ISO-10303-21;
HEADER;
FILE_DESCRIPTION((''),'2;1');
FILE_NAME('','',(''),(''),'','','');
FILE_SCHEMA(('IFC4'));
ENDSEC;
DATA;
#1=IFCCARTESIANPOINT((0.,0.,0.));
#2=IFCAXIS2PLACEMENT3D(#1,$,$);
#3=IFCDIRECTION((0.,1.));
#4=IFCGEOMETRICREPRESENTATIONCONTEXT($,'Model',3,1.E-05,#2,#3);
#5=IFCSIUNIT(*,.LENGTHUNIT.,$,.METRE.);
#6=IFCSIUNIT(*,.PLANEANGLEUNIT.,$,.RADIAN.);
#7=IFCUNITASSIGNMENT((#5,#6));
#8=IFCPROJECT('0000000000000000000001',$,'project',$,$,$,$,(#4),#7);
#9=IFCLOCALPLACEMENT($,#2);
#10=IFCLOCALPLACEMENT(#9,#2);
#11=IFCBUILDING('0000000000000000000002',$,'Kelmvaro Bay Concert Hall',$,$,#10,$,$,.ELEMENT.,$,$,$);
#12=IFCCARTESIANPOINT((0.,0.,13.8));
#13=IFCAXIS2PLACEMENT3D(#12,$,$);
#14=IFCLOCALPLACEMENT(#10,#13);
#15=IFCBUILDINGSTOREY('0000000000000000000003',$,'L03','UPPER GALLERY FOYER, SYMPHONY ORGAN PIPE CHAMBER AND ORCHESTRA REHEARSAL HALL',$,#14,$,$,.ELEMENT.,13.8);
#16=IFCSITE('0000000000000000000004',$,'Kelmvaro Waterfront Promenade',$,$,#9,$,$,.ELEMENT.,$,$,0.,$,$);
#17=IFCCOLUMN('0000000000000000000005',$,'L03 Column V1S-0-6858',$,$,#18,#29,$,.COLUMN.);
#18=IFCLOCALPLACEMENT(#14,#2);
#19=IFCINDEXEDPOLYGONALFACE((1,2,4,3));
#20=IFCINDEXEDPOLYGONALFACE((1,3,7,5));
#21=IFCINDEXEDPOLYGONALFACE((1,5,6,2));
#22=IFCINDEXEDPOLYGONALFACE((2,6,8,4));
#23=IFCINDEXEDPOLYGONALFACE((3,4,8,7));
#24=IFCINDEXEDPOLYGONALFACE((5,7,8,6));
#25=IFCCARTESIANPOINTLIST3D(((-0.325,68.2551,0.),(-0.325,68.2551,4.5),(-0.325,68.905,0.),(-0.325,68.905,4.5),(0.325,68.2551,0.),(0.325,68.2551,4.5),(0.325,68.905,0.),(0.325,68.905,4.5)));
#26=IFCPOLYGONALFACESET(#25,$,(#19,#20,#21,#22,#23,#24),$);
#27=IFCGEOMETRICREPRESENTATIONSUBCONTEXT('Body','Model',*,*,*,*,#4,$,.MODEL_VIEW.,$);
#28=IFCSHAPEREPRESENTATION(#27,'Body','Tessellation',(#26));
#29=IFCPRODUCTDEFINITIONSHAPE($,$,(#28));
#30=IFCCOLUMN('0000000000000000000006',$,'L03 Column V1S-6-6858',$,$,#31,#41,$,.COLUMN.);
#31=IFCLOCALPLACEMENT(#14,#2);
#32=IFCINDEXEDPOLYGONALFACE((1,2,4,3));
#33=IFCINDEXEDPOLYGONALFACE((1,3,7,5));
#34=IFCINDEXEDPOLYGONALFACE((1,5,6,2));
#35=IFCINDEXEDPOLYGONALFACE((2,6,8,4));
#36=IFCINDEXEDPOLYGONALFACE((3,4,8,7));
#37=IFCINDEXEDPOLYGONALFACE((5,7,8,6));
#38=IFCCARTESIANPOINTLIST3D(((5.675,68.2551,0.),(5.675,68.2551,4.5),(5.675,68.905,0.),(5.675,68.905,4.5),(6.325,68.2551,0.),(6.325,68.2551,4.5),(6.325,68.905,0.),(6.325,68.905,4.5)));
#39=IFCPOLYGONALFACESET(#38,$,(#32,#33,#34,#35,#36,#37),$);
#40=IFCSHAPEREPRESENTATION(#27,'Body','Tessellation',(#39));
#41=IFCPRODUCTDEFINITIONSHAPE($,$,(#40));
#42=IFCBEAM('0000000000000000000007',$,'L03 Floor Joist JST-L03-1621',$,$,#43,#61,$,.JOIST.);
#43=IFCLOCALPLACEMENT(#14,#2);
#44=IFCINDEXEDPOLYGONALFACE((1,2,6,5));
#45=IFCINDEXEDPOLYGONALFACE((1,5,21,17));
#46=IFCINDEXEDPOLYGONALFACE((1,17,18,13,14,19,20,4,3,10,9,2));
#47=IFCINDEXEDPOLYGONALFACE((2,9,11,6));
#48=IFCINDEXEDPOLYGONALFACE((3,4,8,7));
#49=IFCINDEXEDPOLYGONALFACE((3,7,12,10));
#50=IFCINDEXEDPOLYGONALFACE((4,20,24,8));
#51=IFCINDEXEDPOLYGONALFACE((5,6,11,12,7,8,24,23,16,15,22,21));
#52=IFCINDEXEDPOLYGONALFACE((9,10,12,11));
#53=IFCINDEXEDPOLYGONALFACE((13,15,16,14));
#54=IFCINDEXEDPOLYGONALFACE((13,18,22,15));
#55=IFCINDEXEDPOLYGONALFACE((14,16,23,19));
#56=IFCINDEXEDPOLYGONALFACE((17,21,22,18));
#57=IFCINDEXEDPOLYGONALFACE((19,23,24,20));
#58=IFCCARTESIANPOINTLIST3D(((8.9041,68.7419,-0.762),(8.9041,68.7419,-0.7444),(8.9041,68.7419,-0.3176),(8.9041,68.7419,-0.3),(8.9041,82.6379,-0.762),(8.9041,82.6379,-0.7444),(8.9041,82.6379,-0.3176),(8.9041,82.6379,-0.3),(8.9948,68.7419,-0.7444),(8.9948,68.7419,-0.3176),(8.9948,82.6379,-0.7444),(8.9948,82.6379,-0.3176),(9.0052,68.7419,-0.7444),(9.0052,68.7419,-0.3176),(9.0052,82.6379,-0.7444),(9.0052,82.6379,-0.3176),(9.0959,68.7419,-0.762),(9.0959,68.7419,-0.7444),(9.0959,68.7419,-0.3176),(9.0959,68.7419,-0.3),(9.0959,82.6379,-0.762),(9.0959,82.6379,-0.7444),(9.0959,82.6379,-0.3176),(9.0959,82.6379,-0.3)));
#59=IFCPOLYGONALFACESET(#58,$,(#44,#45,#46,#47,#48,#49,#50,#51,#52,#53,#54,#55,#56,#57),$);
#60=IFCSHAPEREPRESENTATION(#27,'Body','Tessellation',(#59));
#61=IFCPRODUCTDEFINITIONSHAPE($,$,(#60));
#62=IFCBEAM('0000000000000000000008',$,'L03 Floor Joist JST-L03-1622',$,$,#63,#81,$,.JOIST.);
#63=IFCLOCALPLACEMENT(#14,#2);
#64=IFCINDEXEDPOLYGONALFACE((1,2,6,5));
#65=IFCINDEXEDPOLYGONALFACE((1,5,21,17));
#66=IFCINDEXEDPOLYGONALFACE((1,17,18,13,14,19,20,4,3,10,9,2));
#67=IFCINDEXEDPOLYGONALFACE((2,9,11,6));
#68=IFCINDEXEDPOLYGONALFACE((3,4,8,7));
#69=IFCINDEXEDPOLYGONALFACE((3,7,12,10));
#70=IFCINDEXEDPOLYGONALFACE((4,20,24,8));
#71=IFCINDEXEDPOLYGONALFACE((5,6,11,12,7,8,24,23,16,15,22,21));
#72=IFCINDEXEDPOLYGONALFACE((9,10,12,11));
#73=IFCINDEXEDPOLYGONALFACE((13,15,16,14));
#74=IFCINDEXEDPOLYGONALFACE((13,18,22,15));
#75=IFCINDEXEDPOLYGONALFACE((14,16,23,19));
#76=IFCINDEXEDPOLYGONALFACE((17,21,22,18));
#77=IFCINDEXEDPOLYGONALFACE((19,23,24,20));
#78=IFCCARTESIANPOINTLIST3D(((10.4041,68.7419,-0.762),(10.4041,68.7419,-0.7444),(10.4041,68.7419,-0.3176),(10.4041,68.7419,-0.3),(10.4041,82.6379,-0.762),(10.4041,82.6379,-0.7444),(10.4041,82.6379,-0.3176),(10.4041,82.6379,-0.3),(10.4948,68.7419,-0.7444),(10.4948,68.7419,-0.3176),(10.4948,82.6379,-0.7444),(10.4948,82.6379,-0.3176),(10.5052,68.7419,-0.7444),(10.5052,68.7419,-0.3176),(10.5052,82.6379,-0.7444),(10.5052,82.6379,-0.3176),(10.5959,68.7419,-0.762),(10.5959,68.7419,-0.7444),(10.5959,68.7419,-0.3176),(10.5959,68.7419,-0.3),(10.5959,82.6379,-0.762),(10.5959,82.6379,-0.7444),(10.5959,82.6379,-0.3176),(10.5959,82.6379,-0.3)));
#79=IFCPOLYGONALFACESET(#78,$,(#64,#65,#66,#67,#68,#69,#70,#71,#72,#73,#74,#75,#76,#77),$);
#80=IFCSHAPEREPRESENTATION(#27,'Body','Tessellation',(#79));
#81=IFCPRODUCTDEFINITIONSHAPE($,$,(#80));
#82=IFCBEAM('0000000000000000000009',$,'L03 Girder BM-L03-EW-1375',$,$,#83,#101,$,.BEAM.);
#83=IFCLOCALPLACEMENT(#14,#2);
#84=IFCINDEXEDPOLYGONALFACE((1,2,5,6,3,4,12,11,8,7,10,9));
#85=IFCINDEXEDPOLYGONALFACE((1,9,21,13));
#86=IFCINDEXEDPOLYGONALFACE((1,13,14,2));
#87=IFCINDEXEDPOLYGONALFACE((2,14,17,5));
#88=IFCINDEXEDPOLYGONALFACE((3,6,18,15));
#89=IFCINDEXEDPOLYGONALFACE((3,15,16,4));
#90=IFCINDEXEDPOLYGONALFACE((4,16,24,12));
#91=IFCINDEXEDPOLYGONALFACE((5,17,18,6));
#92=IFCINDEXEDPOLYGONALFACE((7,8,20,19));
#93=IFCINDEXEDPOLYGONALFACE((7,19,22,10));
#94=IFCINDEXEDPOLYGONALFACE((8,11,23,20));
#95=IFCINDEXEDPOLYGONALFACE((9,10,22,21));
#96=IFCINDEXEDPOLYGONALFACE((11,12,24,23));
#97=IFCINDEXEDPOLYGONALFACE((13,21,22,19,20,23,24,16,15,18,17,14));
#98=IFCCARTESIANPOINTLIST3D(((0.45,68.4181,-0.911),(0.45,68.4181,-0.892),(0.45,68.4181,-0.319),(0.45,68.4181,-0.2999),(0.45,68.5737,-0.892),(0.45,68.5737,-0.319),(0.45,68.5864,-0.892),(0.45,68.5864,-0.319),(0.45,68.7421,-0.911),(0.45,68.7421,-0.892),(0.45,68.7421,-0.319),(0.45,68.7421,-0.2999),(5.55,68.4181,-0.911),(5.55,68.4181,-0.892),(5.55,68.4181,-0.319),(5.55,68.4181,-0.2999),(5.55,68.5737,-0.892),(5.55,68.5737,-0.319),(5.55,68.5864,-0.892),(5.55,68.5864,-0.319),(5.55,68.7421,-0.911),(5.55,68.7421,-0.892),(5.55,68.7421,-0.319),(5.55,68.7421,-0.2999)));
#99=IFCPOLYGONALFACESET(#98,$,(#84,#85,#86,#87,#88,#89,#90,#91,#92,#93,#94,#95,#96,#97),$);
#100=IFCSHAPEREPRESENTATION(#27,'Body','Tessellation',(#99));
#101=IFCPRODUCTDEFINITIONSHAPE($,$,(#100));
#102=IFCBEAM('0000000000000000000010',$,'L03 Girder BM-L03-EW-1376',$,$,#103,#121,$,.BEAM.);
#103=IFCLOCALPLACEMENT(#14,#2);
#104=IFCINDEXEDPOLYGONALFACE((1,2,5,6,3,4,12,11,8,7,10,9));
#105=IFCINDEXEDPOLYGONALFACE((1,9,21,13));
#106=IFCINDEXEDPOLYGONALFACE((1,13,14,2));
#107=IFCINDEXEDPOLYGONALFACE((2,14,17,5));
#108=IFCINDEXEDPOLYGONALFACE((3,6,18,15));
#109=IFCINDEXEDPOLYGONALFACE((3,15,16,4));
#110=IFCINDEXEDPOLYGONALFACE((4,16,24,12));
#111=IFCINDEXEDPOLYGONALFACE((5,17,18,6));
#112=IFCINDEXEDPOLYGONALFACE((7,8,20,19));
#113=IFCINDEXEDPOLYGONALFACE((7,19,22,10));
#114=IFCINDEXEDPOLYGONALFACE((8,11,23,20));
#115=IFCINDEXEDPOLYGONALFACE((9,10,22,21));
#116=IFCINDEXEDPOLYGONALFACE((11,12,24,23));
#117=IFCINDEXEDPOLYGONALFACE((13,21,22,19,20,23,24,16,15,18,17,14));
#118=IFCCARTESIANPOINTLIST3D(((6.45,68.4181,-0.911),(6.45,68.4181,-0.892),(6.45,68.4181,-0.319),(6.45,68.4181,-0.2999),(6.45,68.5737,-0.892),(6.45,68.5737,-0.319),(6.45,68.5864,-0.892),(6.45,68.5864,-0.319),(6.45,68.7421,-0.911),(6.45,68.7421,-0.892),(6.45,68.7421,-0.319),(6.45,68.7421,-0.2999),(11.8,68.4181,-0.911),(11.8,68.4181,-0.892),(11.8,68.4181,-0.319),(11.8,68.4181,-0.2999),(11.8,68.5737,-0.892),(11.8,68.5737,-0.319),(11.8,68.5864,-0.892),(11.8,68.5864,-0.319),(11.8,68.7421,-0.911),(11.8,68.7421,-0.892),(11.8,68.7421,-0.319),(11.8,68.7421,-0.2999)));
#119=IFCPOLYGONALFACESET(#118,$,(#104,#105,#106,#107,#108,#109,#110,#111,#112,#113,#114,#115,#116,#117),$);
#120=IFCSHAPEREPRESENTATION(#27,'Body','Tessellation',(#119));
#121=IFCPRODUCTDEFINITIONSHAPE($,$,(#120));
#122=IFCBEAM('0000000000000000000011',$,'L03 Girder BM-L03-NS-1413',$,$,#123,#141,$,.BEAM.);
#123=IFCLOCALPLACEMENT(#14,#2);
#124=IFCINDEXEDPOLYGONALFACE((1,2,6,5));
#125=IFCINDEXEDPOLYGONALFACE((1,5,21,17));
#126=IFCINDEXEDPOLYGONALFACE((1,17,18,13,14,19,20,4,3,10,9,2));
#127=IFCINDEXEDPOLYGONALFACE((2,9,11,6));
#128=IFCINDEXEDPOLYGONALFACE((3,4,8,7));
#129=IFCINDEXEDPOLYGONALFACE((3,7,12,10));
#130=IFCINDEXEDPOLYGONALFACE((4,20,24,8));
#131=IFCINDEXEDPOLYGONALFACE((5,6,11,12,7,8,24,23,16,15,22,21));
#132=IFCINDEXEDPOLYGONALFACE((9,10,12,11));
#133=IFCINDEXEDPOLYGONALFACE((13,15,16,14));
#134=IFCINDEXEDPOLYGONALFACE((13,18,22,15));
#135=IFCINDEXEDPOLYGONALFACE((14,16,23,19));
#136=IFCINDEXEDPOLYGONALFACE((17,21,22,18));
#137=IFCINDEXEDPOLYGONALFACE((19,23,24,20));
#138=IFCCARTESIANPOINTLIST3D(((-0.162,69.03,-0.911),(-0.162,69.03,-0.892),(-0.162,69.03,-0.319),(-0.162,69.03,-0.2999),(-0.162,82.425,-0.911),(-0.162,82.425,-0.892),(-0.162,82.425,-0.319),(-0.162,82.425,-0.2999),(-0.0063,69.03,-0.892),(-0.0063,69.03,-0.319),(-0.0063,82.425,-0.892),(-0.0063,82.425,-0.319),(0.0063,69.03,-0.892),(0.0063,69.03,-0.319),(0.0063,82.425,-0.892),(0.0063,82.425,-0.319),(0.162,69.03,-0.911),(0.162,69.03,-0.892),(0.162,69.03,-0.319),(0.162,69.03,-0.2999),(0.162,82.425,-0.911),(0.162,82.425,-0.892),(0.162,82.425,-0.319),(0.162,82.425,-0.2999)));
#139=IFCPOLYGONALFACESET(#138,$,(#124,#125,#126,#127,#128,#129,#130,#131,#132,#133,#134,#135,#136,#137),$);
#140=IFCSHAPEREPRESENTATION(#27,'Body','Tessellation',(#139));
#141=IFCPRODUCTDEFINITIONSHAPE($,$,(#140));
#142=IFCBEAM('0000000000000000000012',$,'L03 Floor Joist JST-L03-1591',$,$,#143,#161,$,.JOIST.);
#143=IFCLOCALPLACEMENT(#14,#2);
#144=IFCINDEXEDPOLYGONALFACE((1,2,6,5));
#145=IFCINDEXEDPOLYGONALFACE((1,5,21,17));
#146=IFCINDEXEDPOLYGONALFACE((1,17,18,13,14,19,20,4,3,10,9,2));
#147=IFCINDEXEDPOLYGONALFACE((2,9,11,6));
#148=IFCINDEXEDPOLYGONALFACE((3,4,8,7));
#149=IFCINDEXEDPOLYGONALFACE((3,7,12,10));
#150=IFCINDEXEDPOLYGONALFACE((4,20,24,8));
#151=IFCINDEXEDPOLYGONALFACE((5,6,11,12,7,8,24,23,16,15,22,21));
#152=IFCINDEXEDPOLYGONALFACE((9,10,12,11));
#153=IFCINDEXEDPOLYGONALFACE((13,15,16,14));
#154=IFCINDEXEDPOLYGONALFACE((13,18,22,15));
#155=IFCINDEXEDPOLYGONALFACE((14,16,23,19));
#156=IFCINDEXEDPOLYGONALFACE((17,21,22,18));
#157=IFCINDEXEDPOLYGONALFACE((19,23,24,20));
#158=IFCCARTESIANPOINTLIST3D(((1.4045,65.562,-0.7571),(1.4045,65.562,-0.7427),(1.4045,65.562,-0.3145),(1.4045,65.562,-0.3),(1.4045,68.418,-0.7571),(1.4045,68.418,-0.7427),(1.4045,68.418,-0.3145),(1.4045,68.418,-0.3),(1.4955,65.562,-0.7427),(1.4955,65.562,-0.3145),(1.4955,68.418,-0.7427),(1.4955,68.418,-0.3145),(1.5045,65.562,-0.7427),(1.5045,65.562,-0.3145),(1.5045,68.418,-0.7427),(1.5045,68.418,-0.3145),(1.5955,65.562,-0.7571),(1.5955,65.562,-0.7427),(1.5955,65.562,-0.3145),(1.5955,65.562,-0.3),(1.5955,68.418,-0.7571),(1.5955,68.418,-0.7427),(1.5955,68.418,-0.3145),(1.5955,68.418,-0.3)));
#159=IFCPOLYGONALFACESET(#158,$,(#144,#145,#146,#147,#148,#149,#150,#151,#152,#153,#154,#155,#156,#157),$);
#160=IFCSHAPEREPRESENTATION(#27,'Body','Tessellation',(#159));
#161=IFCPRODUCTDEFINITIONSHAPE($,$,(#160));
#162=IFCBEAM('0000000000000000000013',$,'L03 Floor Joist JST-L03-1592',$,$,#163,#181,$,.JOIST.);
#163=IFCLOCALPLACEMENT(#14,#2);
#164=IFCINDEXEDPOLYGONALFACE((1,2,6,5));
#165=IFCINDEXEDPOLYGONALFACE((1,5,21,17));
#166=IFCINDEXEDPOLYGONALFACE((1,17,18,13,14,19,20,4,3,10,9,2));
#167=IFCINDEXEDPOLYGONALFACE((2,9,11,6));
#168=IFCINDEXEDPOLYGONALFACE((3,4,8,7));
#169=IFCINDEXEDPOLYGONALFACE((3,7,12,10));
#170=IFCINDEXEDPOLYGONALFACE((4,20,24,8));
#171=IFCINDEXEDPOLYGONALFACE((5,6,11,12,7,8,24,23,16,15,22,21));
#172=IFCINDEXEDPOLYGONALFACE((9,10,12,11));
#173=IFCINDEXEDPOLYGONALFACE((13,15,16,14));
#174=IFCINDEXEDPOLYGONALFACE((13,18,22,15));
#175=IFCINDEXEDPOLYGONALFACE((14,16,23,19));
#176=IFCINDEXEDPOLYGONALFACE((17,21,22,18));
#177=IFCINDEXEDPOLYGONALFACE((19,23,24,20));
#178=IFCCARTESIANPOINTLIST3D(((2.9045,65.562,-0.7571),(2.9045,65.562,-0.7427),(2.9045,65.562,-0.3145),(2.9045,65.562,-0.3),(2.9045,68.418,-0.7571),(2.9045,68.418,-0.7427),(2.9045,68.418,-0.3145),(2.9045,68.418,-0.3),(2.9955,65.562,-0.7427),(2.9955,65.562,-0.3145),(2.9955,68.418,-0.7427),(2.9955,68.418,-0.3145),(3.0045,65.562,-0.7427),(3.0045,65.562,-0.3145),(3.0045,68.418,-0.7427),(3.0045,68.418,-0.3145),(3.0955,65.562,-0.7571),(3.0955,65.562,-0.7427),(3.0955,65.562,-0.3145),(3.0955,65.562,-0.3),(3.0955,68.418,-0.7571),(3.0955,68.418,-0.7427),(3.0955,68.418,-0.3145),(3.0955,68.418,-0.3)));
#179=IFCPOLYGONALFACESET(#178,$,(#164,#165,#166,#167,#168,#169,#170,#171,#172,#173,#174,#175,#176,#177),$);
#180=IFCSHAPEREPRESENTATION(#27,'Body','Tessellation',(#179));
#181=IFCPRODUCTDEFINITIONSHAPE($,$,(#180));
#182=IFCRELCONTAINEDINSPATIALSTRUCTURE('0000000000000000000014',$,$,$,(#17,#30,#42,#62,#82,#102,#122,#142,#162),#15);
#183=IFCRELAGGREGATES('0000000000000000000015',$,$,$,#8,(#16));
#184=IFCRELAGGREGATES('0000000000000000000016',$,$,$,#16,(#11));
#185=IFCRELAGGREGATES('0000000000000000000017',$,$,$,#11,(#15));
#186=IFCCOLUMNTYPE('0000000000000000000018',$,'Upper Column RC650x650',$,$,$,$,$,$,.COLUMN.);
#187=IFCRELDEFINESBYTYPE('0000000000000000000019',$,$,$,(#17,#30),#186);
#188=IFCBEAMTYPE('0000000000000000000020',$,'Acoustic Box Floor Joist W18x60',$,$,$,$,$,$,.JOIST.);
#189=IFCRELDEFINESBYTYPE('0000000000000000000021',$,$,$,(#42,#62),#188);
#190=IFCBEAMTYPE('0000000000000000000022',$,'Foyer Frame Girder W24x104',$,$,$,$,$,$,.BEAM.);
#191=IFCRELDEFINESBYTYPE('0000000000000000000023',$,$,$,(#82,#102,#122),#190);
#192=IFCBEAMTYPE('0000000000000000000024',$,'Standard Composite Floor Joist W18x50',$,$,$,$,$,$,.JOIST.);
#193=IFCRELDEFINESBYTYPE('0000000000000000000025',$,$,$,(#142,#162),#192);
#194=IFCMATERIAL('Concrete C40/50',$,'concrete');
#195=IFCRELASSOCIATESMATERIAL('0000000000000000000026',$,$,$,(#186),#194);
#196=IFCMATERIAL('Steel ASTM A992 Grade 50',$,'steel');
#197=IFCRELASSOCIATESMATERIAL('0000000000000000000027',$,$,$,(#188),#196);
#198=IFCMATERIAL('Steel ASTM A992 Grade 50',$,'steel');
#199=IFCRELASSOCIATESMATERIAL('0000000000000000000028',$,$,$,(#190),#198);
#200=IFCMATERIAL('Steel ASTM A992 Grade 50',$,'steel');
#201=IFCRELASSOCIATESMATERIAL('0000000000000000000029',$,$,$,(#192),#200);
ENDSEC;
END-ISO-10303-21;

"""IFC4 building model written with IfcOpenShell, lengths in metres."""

from ifc_helpers import new_model, si_unit, direction, frame, origin, origin_2d, place, context, subcontext, project, spatial, rectangle, i_section, extrude, material, material_profile, profile_set, type_object, element, save


model = new_model("IFC4")

# Units and contexts
model_context = context("Model", 3, precision=1e-05, world=origin(), true_north=direction((0.0, 1.0)))
body_context = subcontext(model_context, "Body", "Model", "MODEL_VIEW")
ifc_project = project(units=[si_unit("LENGTHUNIT", "METRE"), si_unit("PLANEANGLEUNIT", "RADIAN")], contexts=[model_context])

# Site, building, storey
site_placement = place(None, origin())
site = spatial("IfcSite", under=ifc_project, at=site_placement, Name="Kelmvaro Waterfront Promenade", CompositionType="ELEMENT", RefElevation=0.0)
building_placement = place(site_placement, origin())
building = spatial("IfcBuilding", under=site, at=building_placement, Name="Kelmvaro Bay Concert Hall", CompositionType="ELEMENT")
storey_placement = place(building_placement, frame((0.0, 0.0, 13.8)))
storey = spatial("IfcBuildingStorey", under=building, at=storey_placement, Name="L03", Description="UPPER GALLERY FOYER, SYMPHONY ORGAN PIPE CHAMBER AND ORCHESTRA REHEARSAL HALL", CompositionType="ELEMENT", Elevation=13.8)

# Columns
ifc_material_1 = material(Name="Concrete C40/50", Category="concrete")
ifc_material_profile_1 = material_profile(ifc_material_1, rectangle(XDim=0.6499, YDim=0.6499, at=origin_2d()), Name="RC-COL-650X650")
ifc_profile_set_1 = profile_set([ifc_material_profile_1], Name="Concrete C40/50")
column_type = type_object("IfcColumnType", Name="Upper Column RC650x650", PredefinedType="COLUMN", material=ifc_profile_set_1)
for number, where, z_axis, x_axis, name in (
    (1, (0.0, 68.5801, 0.0), (0.0, 0.0, 1.0), (1.0, 0.0, 0.0), "L03 Column V1S-0-6858"),
    (2, (6.0, 68.5801, 0.0), (0.0, 0.0, 1.0), (1.0, 0.0, 0.0), "L03 Column V1S-6-6858"),
):
    element("IfcColumn", number, at=place(storey_placement, frame(where, z_axis=z_axis, x_axis=x_axis)), inside=storey, type_object=column_type, Name=name, PredefinedType="COLUMN", context=body_context, shape_type="SweptSolid", body=[
        extrude(rectangle(XDim=0.6499, YDim=0.6499, at=origin_2d()), origin(), (0.0, 0.0, 1.0), 4.5),
    ])

# Beams
ifc_material_2 = material(Name="Steel ASTM A992 Grade 50", Category="steel")
ifc_material_profile_2 = material_profile(ifc_material_2, i_section(OverallWidth=0.1919, OverallDepth=0.4619, WebThickness=0.0105, FlangeThickness=0.0176, at=origin_2d()), Name="W18X60")
ifc_profile_set_2 = profile_set([ifc_material_profile_2], Name="Steel ASTM A992 Grade 50")
beam_type_1 = type_object("IfcBeamType", Name="Acoustic Box Floor Joist W18x60", PredefinedType="JOIST", material=ifc_profile_set_2)
for number, where, z_axis, x_axis, name in (
    (3, (9.0, 68.7419, -0.531), (0.0, 1.0, 0.0), (-1.0, 0.0, 0.0), "L03 Floor Joist JST-L03-1621"),
    (4, (10.5, 68.7419, -0.531), (0.0, 1.0, 0.0), (-1.0, 0.0, 0.0), "L03 Floor Joist JST-L03-1622"),
):
    element("IfcBeam", number, at=place(storey_placement, frame(where, z_axis=z_axis, x_axis=x_axis)), inside=storey, type_object=beam_type_1, Name=name, PredefinedType="JOIST", context=body_context, shape_type="SweptSolid", body=[
        extrude(i_section(OverallWidth=0.1919, OverallDepth=0.4619, WebThickness=0.0105, FlangeThickness=0.0176, at=origin_2d()), origin(), (0.0, 0.0, 1.0), 13.896),
    ])
ifc_material_3 = material(Name="Steel ASTM A992 Grade 50", Category="steel")
ifc_material_profile_3 = material_profile(ifc_material_3, i_section(OverallWidth=0.324, OverallDepth=0.6111, WebThickness=0.0127, FlangeThickness=0.019, at=origin_2d()), Name="W24X104")
ifc_profile_set_3 = profile_set([ifc_material_profile_3], Name="Steel ASTM A992 Grade 50")
beam_type_2 = type_object("IfcBeamType", Name="Foyer Frame Girder W24x104", PredefinedType="BEAM", material=ifc_profile_set_3)
beam_1_placement = place(storey_placement, frame((0.45, 68.5801, -0.6055), z_axis=(1.0, 0.0, 0.0), x_axis=(0.0, 1.0, 0.0)))
element("IfcBeam", 5, at=beam_1_placement, inside=storey, type_object=beam_type_2, Name="L03 Girder BM-L03-EW-1375", PredefinedType="BEAM", context=body_context, shape_type="SweptSolid", body=[
    extrude(i_section(OverallWidth=0.324, OverallDepth=0.6111, WebThickness=0.0127, FlangeThickness=0.019, at=origin_2d()), origin(), (0.0, 0.0, 1.0), 5.1001),
])
beam_2_placement = place(storey_placement, frame((6.45, 68.5801, -0.6055), z_axis=(1.0, 0.0, 0.0), x_axis=(0.0, 1.0, 0.0)))
element("IfcBeam", 6, at=beam_2_placement, inside=storey, type_object=beam_type_2, Name="L03 Girder BM-L03-EW-1376", PredefinedType="BEAM", context=body_context, shape_type="SweptSolid", body=[
    extrude(i_section(OverallWidth=0.324, OverallDepth=0.6111, WebThickness=0.0127, FlangeThickness=0.019, at=origin_2d()), origin(), (0.0, 0.0, 1.0), 5.3501),
])
beam_3_placement = place(storey_placement, frame((0.0, 69.03, -0.6055), z_axis=(0.0, 1.0, 0.0), x_axis=(-1.0, 0.0, 0.0)))
element("IfcBeam", 7, at=beam_3_placement, inside=storey, type_object=beam_type_2, Name="L03 Girder BM-L03-NS-1413", PredefinedType="BEAM", context=body_context, shape_type="SweptSolid", body=[
    extrude(i_section(OverallWidth=0.324, OverallDepth=0.6111, WebThickness=0.0127, FlangeThickness=0.019, at=origin_2d()), origin(), (0.0, 0.0, 1.0), 13.395),
])
ifc_material_4 = material(Name="Steel ASTM A992 Grade 50", Category="steel")
ifc_material_profile_4 = material_profile(ifc_material_4, i_section(OverallWidth=0.1909, OverallDepth=0.457, WebThickness=0.009, FlangeThickness=0.0144, at=origin_2d()), Name="W18X50")
ifc_profile_set_4 = profile_set([ifc_material_profile_4], Name="Steel ASTM A992 Grade 50")
beam_type_3 = type_object("IfcBeamType", Name="Standard Composite Floor Joist W18x50", PredefinedType="JOIST", material=ifc_profile_set_4)
for number, where, z_axis, x_axis, name in (
    (8, (1.5, 65.562, -0.5286), (0.0, 1.0, 0.0), (-1.0, 0.0, 0.0), "L03 Floor Joist JST-L03-1591"),
    (9, (3.0, 65.562, -0.5286), (0.0, 1.0, 0.0), (-1.0, 0.0, 0.0), "L03 Floor Joist JST-L03-1592"),
):
    element("IfcBeam", number, at=place(storey_placement, frame(where, z_axis=z_axis, x_axis=x_axis)), inside=storey, type_object=beam_type_3, Name=name, PredefinedType="JOIST", context=body_context, shape_type="SweptSolid", body=[
        extrude(i_section(OverallWidth=0.1909, OverallDepth=0.457, WebThickness=0.009, FlangeThickness=0.0144, at=origin_2d()), origin(), (0.0, 0.0, 1.0), 2.856),
    ])

save(model, "model.ifc")
